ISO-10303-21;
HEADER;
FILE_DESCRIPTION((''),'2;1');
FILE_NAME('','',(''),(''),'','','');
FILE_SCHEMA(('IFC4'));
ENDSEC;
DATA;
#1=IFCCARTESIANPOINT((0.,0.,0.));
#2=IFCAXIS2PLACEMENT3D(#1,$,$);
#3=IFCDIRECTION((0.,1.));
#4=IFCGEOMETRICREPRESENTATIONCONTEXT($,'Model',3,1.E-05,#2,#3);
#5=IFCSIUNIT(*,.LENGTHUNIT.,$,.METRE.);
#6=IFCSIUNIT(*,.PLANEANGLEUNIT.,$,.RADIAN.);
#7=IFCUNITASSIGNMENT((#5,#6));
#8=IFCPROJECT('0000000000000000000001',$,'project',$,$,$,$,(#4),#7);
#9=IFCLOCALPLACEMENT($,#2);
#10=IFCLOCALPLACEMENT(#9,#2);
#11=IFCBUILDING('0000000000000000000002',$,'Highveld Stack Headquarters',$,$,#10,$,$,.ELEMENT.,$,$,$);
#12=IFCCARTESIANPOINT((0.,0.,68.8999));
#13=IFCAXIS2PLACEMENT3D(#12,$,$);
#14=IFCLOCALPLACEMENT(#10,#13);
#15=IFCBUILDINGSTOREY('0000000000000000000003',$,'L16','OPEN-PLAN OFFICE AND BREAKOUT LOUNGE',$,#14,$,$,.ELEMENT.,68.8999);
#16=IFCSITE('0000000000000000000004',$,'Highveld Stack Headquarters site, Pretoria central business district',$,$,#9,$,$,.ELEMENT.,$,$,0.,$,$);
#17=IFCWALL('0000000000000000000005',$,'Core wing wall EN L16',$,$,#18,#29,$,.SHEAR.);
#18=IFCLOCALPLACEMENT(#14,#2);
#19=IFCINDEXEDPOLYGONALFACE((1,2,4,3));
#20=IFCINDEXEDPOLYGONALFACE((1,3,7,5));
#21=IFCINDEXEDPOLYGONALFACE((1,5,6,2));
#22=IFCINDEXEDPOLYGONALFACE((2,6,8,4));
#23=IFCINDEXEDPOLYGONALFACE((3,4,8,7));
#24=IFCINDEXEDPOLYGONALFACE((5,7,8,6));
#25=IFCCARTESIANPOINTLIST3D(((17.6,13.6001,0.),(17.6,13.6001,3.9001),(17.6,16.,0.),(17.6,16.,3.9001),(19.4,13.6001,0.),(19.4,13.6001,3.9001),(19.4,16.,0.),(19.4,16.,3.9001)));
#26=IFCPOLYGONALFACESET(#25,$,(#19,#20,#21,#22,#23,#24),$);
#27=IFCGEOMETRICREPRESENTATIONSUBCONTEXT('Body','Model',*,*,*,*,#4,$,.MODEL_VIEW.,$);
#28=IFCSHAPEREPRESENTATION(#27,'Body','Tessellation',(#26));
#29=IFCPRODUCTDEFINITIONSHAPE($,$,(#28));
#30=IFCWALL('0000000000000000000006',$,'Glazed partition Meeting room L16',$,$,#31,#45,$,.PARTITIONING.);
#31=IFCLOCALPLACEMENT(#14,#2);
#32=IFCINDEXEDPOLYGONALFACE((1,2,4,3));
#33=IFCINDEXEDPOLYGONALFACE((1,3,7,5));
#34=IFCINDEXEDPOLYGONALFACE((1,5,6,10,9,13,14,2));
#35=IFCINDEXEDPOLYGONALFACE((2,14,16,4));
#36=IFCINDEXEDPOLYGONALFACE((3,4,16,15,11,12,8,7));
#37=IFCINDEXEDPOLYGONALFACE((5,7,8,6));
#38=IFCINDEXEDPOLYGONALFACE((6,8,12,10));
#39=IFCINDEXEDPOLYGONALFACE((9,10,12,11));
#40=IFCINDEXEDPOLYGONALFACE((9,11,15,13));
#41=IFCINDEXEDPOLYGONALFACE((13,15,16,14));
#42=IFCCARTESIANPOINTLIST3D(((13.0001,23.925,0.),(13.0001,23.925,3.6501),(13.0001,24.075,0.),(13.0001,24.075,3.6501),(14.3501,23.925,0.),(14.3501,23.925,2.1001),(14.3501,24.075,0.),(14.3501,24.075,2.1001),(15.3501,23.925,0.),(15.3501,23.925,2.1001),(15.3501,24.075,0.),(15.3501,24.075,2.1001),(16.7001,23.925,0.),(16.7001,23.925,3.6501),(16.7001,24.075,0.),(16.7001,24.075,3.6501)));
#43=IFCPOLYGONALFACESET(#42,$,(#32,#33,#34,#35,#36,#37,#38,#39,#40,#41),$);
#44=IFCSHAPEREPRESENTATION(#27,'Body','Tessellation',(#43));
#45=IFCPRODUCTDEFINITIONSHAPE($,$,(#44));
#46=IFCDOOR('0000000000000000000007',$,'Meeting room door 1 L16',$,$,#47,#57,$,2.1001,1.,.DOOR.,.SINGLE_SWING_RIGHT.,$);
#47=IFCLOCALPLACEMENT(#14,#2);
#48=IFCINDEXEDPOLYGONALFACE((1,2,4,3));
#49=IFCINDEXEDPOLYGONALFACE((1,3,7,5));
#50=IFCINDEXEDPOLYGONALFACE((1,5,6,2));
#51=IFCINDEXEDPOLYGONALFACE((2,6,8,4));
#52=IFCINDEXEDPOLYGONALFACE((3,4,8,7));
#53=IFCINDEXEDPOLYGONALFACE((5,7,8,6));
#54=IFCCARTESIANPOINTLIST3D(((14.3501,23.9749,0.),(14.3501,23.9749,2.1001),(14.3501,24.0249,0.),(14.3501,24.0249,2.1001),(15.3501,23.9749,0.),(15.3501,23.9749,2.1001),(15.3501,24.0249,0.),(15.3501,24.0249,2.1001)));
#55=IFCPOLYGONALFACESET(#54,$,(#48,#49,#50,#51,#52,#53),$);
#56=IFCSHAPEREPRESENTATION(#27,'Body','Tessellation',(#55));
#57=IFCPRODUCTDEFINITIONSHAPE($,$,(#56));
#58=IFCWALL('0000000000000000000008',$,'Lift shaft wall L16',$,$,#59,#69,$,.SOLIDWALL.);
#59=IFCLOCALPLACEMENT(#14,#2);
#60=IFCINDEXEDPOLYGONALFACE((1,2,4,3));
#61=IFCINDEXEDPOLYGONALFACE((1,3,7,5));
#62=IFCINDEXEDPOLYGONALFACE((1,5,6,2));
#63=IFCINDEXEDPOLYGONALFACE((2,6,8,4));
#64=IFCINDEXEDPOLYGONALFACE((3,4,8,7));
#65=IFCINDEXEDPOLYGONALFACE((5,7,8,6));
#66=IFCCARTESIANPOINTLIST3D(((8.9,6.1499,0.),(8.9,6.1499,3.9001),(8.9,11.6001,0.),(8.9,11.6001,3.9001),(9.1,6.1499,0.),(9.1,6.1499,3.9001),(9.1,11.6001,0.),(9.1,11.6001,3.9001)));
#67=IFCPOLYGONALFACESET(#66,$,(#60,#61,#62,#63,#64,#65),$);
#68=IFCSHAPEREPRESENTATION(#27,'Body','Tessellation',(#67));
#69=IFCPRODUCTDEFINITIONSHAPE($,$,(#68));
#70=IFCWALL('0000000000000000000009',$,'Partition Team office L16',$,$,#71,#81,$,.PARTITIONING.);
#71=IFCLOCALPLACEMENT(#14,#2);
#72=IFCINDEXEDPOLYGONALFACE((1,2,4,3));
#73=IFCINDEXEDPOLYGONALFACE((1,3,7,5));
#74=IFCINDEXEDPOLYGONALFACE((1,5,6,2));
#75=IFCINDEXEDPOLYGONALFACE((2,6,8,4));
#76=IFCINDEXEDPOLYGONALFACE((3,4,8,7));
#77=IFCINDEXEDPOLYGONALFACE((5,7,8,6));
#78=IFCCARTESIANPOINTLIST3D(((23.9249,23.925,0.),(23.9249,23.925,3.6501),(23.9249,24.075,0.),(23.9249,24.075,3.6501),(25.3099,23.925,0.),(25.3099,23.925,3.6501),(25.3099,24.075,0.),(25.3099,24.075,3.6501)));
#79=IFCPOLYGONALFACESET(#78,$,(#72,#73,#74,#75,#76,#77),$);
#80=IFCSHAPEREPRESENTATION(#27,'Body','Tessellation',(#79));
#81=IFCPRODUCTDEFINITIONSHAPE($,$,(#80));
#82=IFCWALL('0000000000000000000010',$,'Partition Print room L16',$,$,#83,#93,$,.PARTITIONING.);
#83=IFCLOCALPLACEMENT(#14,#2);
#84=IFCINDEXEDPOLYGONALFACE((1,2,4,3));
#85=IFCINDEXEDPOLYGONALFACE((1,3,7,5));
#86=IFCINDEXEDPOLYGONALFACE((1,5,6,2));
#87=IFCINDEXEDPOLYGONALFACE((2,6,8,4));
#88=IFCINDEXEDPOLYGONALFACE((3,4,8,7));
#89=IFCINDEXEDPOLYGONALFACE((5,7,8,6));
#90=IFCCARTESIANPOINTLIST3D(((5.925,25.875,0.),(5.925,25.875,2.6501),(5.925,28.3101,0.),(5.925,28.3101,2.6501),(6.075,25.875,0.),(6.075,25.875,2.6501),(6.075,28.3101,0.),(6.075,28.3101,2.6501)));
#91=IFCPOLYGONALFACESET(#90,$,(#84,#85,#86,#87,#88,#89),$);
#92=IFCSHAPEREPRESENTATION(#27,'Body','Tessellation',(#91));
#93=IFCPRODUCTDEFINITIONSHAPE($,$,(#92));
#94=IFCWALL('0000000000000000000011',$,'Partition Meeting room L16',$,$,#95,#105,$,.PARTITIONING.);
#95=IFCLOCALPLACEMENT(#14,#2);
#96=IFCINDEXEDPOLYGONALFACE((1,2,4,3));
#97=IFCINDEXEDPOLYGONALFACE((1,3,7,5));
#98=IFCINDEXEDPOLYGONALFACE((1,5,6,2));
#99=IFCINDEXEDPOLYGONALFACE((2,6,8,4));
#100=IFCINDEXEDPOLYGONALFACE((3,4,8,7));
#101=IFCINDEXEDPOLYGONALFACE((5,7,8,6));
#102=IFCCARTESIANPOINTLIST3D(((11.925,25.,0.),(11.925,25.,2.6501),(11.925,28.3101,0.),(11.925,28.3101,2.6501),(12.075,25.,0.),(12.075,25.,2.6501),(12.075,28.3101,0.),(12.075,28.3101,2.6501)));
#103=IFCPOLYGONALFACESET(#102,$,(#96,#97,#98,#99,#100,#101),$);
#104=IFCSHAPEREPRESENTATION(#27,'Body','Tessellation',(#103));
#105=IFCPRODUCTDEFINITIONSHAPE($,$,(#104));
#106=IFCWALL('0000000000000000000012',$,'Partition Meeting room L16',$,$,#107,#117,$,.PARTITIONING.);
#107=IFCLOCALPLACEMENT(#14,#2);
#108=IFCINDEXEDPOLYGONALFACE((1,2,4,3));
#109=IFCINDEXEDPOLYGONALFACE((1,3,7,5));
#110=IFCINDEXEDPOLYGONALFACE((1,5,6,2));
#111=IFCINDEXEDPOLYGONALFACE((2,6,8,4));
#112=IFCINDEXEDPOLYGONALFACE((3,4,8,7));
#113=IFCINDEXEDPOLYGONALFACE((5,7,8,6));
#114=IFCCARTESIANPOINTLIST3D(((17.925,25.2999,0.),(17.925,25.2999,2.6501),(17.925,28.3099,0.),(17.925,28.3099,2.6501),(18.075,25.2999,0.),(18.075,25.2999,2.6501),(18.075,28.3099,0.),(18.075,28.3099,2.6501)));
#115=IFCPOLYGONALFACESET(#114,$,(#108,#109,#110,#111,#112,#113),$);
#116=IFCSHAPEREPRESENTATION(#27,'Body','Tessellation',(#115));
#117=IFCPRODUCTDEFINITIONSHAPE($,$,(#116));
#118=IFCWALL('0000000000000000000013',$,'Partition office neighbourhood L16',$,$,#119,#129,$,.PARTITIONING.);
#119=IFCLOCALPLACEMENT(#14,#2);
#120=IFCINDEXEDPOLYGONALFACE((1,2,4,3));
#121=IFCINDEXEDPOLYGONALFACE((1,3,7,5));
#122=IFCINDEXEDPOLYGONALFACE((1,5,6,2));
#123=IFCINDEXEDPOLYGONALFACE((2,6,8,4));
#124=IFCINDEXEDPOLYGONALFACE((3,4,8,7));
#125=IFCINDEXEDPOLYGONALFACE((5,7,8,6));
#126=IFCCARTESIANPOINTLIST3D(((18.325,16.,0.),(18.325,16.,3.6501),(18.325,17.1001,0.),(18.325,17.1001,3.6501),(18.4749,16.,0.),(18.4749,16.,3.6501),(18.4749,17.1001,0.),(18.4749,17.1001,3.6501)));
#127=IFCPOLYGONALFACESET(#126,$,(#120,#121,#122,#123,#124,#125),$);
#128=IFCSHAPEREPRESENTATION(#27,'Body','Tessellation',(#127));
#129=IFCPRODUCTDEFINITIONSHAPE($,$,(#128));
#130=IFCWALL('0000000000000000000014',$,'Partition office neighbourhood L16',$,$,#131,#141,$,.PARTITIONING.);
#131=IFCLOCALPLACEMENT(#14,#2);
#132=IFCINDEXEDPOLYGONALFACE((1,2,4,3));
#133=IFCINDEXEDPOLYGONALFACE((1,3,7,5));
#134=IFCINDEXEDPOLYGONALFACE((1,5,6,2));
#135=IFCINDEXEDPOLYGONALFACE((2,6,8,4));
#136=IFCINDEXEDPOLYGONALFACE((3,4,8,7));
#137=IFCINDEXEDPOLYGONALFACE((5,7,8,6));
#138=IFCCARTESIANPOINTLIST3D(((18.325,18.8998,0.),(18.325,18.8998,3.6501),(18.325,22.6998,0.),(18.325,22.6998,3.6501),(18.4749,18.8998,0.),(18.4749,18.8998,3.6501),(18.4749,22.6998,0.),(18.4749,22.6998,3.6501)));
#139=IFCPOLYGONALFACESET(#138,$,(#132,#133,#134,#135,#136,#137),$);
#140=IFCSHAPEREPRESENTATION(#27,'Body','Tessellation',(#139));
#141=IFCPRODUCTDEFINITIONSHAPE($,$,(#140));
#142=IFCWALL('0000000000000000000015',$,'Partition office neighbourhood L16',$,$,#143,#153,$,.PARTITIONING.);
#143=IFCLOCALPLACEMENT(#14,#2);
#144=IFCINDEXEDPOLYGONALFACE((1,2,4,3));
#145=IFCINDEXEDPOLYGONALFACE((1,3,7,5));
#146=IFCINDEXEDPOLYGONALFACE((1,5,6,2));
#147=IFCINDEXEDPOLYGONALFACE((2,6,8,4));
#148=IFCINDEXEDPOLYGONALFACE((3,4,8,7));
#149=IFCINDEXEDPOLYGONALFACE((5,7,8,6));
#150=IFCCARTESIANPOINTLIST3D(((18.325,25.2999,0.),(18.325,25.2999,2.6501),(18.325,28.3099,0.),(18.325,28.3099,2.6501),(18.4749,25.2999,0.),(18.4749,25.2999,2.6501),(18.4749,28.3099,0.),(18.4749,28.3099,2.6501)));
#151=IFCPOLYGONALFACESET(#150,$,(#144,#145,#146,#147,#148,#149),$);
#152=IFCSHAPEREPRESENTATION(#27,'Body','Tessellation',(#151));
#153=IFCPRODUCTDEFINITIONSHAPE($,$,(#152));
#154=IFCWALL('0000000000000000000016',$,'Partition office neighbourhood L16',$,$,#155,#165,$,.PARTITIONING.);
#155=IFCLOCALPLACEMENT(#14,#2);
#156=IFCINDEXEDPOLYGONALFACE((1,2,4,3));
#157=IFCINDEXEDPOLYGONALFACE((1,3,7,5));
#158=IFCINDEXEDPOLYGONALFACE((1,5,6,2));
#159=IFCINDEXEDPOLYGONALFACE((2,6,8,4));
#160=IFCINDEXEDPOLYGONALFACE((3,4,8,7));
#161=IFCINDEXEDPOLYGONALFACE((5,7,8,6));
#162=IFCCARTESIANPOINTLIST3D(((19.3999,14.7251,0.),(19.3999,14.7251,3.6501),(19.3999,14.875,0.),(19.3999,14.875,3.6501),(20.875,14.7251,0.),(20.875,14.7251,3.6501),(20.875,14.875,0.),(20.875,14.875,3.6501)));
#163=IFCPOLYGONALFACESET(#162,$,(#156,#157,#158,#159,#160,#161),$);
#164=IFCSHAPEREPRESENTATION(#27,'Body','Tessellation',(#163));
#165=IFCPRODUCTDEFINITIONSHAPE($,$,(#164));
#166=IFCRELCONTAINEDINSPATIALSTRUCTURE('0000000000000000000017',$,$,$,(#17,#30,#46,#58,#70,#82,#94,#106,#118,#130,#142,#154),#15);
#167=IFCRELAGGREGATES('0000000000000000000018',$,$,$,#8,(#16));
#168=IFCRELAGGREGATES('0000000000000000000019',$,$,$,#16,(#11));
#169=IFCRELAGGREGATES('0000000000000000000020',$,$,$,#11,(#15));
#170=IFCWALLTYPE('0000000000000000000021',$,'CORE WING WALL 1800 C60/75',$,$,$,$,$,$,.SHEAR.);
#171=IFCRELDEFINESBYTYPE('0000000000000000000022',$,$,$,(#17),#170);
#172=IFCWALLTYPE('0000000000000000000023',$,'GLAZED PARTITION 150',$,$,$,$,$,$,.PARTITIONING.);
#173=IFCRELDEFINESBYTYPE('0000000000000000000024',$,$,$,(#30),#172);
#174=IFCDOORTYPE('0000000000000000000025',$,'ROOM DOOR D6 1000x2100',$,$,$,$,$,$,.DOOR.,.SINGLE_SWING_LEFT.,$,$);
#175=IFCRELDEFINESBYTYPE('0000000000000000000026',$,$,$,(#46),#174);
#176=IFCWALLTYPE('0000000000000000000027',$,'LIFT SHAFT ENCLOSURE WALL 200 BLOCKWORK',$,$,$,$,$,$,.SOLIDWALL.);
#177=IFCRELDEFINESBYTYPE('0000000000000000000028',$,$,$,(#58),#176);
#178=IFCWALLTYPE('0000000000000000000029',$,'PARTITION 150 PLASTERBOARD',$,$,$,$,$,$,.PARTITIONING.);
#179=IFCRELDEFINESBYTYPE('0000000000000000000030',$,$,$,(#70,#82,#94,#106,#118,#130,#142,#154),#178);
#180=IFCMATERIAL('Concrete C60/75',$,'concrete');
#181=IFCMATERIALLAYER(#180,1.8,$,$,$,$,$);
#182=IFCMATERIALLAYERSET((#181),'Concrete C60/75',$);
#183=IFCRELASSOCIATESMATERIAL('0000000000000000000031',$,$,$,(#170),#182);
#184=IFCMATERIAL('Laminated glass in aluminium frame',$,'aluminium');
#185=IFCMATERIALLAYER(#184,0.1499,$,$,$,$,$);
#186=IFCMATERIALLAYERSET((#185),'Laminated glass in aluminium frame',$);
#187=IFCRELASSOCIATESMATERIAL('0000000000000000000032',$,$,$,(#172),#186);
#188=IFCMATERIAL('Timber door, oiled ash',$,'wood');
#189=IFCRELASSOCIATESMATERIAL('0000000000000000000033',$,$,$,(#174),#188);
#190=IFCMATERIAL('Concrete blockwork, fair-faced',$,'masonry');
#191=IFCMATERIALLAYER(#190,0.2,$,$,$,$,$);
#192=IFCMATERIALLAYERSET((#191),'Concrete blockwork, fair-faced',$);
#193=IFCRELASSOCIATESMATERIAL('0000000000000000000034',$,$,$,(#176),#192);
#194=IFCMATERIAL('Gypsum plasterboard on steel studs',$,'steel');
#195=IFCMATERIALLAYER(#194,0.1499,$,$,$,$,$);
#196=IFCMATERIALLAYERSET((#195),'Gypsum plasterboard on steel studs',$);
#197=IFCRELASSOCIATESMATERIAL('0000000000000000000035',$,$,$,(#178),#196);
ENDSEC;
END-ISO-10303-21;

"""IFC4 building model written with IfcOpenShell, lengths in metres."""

from ifc_helpers import new_model, si_unit, direction, frame, frame_2d, origin, place, context, subcontext, project, spatial, rectangle, extrude, material, layer, layer_set, type_object, element, fill, save


model = new_model("IFC4")

# Units and contexts
model_context = context("Model", 3, precision=1e-05, world=origin(), true_north=direction((0.0, 1.0)))
body_context = subcontext(model_context, "Body", "Model", "MODEL_VIEW")
ifc_project = project(units=[si_unit("LENGTHUNIT", "METRE"), si_unit("PLANEANGLEUNIT", "RADIAN")], contexts=[model_context])

# Site, building, storey
site_placement = place(None, origin())
site = spatial("IfcSite", under=ifc_project, at=site_placement, Name="Highveld Stack Headquarters site, Pretoria central business district", CompositionType="ELEMENT", RefElevation=0.0)
building_placement = place(site_placement, origin())
building = spatial("IfcBuilding", under=site, at=building_placement, Name="Highveld Stack Headquarters", CompositionType="ELEMENT")
storey_placement = place(building_placement, frame((0.0, 0.0, 68.8999)))
storey = spatial("IfcBuildingStorey", under=building, at=storey_placement, Name="L16", Description="OPEN-PLAN OFFICE AND BREAKOUT LOUNGE", CompositionType="ELEMENT", Elevation=68.8999)

# Wall
ifc_material_1 = material(Name="Concrete C60/75", Category="concrete")
ifc_layer_1 = layer(ifc_material_1, 1.8)
ifc_layer_set_1 = layer_set([ifc_layer_1], Name="Concrete C60/75")
wall_type_1 = type_object("IfcWallType", Name="CORE WING WALL 1800 C60/75", PredefinedType="SHEAR", material=ifc_layer_set_1)
wall_1_placement = place(storey_placement, frame((18.5, 13.6001, 0.0), z_axis=(0.0, 0.0, 1.0), x_axis=(0.0, 1.0, 0.0)))
element("IfcWall", 1, at=wall_1_placement, inside=storey, type_object=wall_type_1, Name="Core wing wall EN L16", PredefinedType="SHEAR", context=body_context, shape_type="SweptSolid", body=[
    extrude(rectangle(XDim=2.3999, YDim=1.8, at=frame_2d((1.2, 0.0))), origin(), (0.0, 0.0, 1.0), 3.9001),
])

# Wall, opening, door
ifc_material_2 = material(Name="Laminated glass in aluminium frame", Category="aluminium")
ifc_layer_2 = layer(ifc_material_2, 0.1499)
ifc_layer_set_2 = layer_set([ifc_layer_2], Name="Laminated glass in aluminium frame")
wall_type_2 = type_object("IfcWallType", Name="GLAZED PARTITION 150", PredefinedType="PARTITIONING", material=ifc_layer_set_2)
wall_2_placement = place(storey_placement, frame((13.0, 24.0, 0.0), z_axis=(0.0, 0.0, 1.0), x_axis=(1.0, 0.0, 0.0)))
wall_2 = element("IfcWall", 2, at=wall_2_placement, inside=storey, type_object=wall_type_2, Name="Glazed partition Meeting room L16", PredefinedType="PARTITIONING", context=body_context, shape_type="SweptSolid", body=[
    extrude(rectangle(XDim=3.7, YDim=0.1499, at=frame_2d((1.8501, 0.0))), origin(), (0.0, 0.0, 1.0), 3.6501),
])
opening_1_placement = place(wall_2_placement, frame((1.3501, 0.0, 0.0)))
opening_1 = element("IfcOpeningElement", 3, at=opening_1_placement, cuts=wall_2, PredefinedType="OPENING", context=body_context, shape_type="SweptSolid", body=[
    extrude(rectangle(XDim=1.0, YDim=2.1001, at=frame_2d((0.5, 1.05))), frame((0.0, 0.085, 0.0), z_axis=(0.0, -1.0, 0.0), x_axis=(1.0, 0.0, 0.0)), (0.0, 0.0, 1.0), 0.1699),
])
ifc_material_3 = material(Name="Timber door, oiled ash", Category="wood")
door_type = type_object("IfcDoorType", Name="ROOM DOOR D6 1000x2100", OperationType="SINGLE_SWING_LEFT", PredefinedType="DOOR", material=ifc_material_3)
door_1_placement = place(opening_1_placement, origin())
door_1 = element("IfcDoor", 4, at=door_1_placement, inside=storey, type_object=door_type, Name="Meeting room door 1 L16", OperationType="SINGLE_SWING_RIGHT", OverallHeight=2.1001, OverallWidth=1.0, PredefinedType="DOOR", context=body_context, shape_type="SweptSolid", body=[
    extrude(rectangle(XDim=1.0, YDim=2.1001, at=frame_2d((0.5, 1.05))), frame((0.0, 0.0249, 0.0), z_axis=(0.0, -1.0, 0.0), x_axis=(1.0, 0.0, 0.0)), (0.0, 0.0, 1.0), 0.05),
])
fill(opening_1, door_1)

# Walls
ifc_material_4 = material(Name="Concrete blockwork, fair-faced", Category="masonry")
ifc_layer_3 = layer(ifc_material_4, 0.2)
ifc_layer_set_3 = layer_set([ifc_layer_3], Name="Concrete blockwork, fair-faced")
wall_type_3 = type_object("IfcWallType", Name="LIFT SHAFT ENCLOSURE WALL 200 BLOCKWORK", PredefinedType="SOLIDWALL", material=ifc_layer_set_3)
wall_3_placement = place(storey_placement, frame((9.0, 6.1499, 0.0), z_axis=(0.0, 0.0, 1.0), x_axis=(0.0, 1.0, 0.0)))
element("IfcWall", 5, at=wall_3_placement, inside=storey, type_object=wall_type_3, Name="Lift shaft wall L16", PredefinedType="SOLIDWALL", context=body_context, shape_type="SweptSolid", body=[
    extrude(rectangle(XDim=5.4502, YDim=0.2, at=frame_2d((2.7251, 0.0))), origin(), (0.0, 0.0, 1.0), 3.9001),
])
ifc_material_5 = material(Name="Gypsum plasterboard on steel studs", Category="steel")
ifc_layer_4 = layer(ifc_material_5, 0.1499)
ifc_layer_set_4 = layer_set([ifc_layer_4], Name="Gypsum plasterboard on steel studs")
wall_type_4 = type_object("IfcWallType", Name="PARTITION 150 PLASTERBOARD", PredefinedType="PARTITIONING", material=ifc_layer_set_4)
wall_4_placement = place(storey_placement, frame((23.925, 24.0, 0.0), z_axis=(0.0, 0.0, 1.0), x_axis=(1.0, 0.0, 0.0)))
element("IfcWall", 6, at=wall_4_placement, inside=storey, type_object=wall_type_4, Name="Partition Team office L16", PredefinedType="PARTITIONING", context=body_context, shape_type="SweptSolid", body=[
    extrude(rectangle(XDim=1.385, YDim=0.1499, at=frame_2d((0.6924, 0.0))), origin(), (0.0, 0.0, 1.0), 3.6501),
])
wall_5_placement = place(storey_placement, frame((6.0, 25.875, 0.0), z_axis=(0.0, 0.0, 1.0), x_axis=(0.0, 1.0, 0.0)))
element("IfcWall", 7, at=wall_5_placement, inside=storey, type_object=wall_type_4, Name="Partition Print room L16", PredefinedType="PARTITIONING", context=body_context, shape_type="SweptSolid", body=[
    extrude(rectangle(XDim=2.4351, YDim=0.1499, at=frame_2d((1.2175, 0.0))), origin(), (0.0, 0.0, 1.0), 2.6501),
])
wall_6_placement = place(storey_placement, frame((12.0, 25.0, 0.0), z_axis=(0.0, 0.0, 1.0), x_axis=(0.0, 1.0, 0.0)))
element("IfcWall", 8, at=wall_6_placement, inside=storey, type_object=wall_type_4, Name="Partition Meeting room L16", PredefinedType="PARTITIONING", context=body_context, shape_type="SweptSolid", body=[
    extrude(rectangle(XDim=3.3101, YDim=0.1499, at=frame_2d((1.655, 0.0))), origin(), (0.0, 0.0, 1.0), 2.6501),
])
wall_7_placement = place(storey_placement, frame((18.0, 25.3, 0.0), z_axis=(0.0, 0.0, 1.0), x_axis=(0.0, 1.0, 0.0)))
element("IfcWall", 9, at=wall_7_placement, inside=storey, type_object=wall_type_4, Name="Partition Meeting room L16", PredefinedType="PARTITIONING", context=body_context, shape_type="SweptSolid", body=[
    extrude(rectangle(XDim=3.01, YDim=0.1499, at=frame_2d((1.5049, 0.0))), origin(), (0.0, 0.0, 1.0), 2.6501),
])
wall_8_placement = place(storey_placement, frame((18.3999, 16.0, 0.0), z_axis=(0.0, 0.0, 1.0), x_axis=(0.0, 1.0, 0.0)))
element("IfcWall", 10, at=wall_8_placement, inside=storey, type_object=wall_type_4, Name="Partition office neighbourhood L16", PredefinedType="PARTITIONING", context=body_context, shape_type="SweptSolid", body=[
    extrude(rectangle(XDim=1.1001, YDim=0.1499, at=frame_2d((0.55, 0.0))), origin(), (0.0, 0.0, 1.0), 3.6501),
])
wall_9_placement = place(storey_placement, frame((18.3999, 18.8999, 0.0), z_axis=(0.0, 0.0, 1.0), x_axis=(0.0, 1.0, 0.0)))
element("IfcWall", 11, at=wall_9_placement, inside=storey, type_object=wall_type_4, Name="Partition office neighbourhood L16", PredefinedType="PARTITIONING", context=body_context, shape_type="SweptSolid", body=[
    extrude(rectangle(XDim=3.8, YDim=0.1499, at=frame_2d((1.8999, 0.0))), origin(), (0.0, 0.0, 1.0), 3.6501),
])
wall_10_placement = place(storey_placement, frame((18.3999, 25.3, 0.0), z_axis=(0.0, 0.0, 1.0), x_axis=(0.0, 1.0, 0.0)))
element("IfcWall", 12, at=wall_10_placement, inside=storey, type_object=wall_type_4, Name="Partition office neighbourhood L16", PredefinedType="PARTITIONING", context=body_context, shape_type="SweptSolid", body=[
    extrude(rectangle(XDim=3.01, YDim=0.1499, at=frame_2d((1.5049, 0.0))), origin(), (0.0, 0.0, 1.0), 2.6501),
])
wall_11_placement = place(storey_placement, frame((19.3999, 14.8, 0.0), z_axis=(0.0, 0.0, 1.0), x_axis=(1.0, 0.0, 0.0)))
element("IfcWall", 13, at=wall_11_placement, inside=storey, type_object=wall_type_4, Name="Partition office neighbourhood L16", PredefinedType="PARTITIONING", context=body_context, shape_type="SweptSolid", body=[
    extrude(rectangle(XDim=1.4751, YDim=0.1499, at=frame_2d((0.7375, 0.0))), origin(), (0.0, 0.0, 1.0), 3.6501),
])

save(model, "model.ifc")
